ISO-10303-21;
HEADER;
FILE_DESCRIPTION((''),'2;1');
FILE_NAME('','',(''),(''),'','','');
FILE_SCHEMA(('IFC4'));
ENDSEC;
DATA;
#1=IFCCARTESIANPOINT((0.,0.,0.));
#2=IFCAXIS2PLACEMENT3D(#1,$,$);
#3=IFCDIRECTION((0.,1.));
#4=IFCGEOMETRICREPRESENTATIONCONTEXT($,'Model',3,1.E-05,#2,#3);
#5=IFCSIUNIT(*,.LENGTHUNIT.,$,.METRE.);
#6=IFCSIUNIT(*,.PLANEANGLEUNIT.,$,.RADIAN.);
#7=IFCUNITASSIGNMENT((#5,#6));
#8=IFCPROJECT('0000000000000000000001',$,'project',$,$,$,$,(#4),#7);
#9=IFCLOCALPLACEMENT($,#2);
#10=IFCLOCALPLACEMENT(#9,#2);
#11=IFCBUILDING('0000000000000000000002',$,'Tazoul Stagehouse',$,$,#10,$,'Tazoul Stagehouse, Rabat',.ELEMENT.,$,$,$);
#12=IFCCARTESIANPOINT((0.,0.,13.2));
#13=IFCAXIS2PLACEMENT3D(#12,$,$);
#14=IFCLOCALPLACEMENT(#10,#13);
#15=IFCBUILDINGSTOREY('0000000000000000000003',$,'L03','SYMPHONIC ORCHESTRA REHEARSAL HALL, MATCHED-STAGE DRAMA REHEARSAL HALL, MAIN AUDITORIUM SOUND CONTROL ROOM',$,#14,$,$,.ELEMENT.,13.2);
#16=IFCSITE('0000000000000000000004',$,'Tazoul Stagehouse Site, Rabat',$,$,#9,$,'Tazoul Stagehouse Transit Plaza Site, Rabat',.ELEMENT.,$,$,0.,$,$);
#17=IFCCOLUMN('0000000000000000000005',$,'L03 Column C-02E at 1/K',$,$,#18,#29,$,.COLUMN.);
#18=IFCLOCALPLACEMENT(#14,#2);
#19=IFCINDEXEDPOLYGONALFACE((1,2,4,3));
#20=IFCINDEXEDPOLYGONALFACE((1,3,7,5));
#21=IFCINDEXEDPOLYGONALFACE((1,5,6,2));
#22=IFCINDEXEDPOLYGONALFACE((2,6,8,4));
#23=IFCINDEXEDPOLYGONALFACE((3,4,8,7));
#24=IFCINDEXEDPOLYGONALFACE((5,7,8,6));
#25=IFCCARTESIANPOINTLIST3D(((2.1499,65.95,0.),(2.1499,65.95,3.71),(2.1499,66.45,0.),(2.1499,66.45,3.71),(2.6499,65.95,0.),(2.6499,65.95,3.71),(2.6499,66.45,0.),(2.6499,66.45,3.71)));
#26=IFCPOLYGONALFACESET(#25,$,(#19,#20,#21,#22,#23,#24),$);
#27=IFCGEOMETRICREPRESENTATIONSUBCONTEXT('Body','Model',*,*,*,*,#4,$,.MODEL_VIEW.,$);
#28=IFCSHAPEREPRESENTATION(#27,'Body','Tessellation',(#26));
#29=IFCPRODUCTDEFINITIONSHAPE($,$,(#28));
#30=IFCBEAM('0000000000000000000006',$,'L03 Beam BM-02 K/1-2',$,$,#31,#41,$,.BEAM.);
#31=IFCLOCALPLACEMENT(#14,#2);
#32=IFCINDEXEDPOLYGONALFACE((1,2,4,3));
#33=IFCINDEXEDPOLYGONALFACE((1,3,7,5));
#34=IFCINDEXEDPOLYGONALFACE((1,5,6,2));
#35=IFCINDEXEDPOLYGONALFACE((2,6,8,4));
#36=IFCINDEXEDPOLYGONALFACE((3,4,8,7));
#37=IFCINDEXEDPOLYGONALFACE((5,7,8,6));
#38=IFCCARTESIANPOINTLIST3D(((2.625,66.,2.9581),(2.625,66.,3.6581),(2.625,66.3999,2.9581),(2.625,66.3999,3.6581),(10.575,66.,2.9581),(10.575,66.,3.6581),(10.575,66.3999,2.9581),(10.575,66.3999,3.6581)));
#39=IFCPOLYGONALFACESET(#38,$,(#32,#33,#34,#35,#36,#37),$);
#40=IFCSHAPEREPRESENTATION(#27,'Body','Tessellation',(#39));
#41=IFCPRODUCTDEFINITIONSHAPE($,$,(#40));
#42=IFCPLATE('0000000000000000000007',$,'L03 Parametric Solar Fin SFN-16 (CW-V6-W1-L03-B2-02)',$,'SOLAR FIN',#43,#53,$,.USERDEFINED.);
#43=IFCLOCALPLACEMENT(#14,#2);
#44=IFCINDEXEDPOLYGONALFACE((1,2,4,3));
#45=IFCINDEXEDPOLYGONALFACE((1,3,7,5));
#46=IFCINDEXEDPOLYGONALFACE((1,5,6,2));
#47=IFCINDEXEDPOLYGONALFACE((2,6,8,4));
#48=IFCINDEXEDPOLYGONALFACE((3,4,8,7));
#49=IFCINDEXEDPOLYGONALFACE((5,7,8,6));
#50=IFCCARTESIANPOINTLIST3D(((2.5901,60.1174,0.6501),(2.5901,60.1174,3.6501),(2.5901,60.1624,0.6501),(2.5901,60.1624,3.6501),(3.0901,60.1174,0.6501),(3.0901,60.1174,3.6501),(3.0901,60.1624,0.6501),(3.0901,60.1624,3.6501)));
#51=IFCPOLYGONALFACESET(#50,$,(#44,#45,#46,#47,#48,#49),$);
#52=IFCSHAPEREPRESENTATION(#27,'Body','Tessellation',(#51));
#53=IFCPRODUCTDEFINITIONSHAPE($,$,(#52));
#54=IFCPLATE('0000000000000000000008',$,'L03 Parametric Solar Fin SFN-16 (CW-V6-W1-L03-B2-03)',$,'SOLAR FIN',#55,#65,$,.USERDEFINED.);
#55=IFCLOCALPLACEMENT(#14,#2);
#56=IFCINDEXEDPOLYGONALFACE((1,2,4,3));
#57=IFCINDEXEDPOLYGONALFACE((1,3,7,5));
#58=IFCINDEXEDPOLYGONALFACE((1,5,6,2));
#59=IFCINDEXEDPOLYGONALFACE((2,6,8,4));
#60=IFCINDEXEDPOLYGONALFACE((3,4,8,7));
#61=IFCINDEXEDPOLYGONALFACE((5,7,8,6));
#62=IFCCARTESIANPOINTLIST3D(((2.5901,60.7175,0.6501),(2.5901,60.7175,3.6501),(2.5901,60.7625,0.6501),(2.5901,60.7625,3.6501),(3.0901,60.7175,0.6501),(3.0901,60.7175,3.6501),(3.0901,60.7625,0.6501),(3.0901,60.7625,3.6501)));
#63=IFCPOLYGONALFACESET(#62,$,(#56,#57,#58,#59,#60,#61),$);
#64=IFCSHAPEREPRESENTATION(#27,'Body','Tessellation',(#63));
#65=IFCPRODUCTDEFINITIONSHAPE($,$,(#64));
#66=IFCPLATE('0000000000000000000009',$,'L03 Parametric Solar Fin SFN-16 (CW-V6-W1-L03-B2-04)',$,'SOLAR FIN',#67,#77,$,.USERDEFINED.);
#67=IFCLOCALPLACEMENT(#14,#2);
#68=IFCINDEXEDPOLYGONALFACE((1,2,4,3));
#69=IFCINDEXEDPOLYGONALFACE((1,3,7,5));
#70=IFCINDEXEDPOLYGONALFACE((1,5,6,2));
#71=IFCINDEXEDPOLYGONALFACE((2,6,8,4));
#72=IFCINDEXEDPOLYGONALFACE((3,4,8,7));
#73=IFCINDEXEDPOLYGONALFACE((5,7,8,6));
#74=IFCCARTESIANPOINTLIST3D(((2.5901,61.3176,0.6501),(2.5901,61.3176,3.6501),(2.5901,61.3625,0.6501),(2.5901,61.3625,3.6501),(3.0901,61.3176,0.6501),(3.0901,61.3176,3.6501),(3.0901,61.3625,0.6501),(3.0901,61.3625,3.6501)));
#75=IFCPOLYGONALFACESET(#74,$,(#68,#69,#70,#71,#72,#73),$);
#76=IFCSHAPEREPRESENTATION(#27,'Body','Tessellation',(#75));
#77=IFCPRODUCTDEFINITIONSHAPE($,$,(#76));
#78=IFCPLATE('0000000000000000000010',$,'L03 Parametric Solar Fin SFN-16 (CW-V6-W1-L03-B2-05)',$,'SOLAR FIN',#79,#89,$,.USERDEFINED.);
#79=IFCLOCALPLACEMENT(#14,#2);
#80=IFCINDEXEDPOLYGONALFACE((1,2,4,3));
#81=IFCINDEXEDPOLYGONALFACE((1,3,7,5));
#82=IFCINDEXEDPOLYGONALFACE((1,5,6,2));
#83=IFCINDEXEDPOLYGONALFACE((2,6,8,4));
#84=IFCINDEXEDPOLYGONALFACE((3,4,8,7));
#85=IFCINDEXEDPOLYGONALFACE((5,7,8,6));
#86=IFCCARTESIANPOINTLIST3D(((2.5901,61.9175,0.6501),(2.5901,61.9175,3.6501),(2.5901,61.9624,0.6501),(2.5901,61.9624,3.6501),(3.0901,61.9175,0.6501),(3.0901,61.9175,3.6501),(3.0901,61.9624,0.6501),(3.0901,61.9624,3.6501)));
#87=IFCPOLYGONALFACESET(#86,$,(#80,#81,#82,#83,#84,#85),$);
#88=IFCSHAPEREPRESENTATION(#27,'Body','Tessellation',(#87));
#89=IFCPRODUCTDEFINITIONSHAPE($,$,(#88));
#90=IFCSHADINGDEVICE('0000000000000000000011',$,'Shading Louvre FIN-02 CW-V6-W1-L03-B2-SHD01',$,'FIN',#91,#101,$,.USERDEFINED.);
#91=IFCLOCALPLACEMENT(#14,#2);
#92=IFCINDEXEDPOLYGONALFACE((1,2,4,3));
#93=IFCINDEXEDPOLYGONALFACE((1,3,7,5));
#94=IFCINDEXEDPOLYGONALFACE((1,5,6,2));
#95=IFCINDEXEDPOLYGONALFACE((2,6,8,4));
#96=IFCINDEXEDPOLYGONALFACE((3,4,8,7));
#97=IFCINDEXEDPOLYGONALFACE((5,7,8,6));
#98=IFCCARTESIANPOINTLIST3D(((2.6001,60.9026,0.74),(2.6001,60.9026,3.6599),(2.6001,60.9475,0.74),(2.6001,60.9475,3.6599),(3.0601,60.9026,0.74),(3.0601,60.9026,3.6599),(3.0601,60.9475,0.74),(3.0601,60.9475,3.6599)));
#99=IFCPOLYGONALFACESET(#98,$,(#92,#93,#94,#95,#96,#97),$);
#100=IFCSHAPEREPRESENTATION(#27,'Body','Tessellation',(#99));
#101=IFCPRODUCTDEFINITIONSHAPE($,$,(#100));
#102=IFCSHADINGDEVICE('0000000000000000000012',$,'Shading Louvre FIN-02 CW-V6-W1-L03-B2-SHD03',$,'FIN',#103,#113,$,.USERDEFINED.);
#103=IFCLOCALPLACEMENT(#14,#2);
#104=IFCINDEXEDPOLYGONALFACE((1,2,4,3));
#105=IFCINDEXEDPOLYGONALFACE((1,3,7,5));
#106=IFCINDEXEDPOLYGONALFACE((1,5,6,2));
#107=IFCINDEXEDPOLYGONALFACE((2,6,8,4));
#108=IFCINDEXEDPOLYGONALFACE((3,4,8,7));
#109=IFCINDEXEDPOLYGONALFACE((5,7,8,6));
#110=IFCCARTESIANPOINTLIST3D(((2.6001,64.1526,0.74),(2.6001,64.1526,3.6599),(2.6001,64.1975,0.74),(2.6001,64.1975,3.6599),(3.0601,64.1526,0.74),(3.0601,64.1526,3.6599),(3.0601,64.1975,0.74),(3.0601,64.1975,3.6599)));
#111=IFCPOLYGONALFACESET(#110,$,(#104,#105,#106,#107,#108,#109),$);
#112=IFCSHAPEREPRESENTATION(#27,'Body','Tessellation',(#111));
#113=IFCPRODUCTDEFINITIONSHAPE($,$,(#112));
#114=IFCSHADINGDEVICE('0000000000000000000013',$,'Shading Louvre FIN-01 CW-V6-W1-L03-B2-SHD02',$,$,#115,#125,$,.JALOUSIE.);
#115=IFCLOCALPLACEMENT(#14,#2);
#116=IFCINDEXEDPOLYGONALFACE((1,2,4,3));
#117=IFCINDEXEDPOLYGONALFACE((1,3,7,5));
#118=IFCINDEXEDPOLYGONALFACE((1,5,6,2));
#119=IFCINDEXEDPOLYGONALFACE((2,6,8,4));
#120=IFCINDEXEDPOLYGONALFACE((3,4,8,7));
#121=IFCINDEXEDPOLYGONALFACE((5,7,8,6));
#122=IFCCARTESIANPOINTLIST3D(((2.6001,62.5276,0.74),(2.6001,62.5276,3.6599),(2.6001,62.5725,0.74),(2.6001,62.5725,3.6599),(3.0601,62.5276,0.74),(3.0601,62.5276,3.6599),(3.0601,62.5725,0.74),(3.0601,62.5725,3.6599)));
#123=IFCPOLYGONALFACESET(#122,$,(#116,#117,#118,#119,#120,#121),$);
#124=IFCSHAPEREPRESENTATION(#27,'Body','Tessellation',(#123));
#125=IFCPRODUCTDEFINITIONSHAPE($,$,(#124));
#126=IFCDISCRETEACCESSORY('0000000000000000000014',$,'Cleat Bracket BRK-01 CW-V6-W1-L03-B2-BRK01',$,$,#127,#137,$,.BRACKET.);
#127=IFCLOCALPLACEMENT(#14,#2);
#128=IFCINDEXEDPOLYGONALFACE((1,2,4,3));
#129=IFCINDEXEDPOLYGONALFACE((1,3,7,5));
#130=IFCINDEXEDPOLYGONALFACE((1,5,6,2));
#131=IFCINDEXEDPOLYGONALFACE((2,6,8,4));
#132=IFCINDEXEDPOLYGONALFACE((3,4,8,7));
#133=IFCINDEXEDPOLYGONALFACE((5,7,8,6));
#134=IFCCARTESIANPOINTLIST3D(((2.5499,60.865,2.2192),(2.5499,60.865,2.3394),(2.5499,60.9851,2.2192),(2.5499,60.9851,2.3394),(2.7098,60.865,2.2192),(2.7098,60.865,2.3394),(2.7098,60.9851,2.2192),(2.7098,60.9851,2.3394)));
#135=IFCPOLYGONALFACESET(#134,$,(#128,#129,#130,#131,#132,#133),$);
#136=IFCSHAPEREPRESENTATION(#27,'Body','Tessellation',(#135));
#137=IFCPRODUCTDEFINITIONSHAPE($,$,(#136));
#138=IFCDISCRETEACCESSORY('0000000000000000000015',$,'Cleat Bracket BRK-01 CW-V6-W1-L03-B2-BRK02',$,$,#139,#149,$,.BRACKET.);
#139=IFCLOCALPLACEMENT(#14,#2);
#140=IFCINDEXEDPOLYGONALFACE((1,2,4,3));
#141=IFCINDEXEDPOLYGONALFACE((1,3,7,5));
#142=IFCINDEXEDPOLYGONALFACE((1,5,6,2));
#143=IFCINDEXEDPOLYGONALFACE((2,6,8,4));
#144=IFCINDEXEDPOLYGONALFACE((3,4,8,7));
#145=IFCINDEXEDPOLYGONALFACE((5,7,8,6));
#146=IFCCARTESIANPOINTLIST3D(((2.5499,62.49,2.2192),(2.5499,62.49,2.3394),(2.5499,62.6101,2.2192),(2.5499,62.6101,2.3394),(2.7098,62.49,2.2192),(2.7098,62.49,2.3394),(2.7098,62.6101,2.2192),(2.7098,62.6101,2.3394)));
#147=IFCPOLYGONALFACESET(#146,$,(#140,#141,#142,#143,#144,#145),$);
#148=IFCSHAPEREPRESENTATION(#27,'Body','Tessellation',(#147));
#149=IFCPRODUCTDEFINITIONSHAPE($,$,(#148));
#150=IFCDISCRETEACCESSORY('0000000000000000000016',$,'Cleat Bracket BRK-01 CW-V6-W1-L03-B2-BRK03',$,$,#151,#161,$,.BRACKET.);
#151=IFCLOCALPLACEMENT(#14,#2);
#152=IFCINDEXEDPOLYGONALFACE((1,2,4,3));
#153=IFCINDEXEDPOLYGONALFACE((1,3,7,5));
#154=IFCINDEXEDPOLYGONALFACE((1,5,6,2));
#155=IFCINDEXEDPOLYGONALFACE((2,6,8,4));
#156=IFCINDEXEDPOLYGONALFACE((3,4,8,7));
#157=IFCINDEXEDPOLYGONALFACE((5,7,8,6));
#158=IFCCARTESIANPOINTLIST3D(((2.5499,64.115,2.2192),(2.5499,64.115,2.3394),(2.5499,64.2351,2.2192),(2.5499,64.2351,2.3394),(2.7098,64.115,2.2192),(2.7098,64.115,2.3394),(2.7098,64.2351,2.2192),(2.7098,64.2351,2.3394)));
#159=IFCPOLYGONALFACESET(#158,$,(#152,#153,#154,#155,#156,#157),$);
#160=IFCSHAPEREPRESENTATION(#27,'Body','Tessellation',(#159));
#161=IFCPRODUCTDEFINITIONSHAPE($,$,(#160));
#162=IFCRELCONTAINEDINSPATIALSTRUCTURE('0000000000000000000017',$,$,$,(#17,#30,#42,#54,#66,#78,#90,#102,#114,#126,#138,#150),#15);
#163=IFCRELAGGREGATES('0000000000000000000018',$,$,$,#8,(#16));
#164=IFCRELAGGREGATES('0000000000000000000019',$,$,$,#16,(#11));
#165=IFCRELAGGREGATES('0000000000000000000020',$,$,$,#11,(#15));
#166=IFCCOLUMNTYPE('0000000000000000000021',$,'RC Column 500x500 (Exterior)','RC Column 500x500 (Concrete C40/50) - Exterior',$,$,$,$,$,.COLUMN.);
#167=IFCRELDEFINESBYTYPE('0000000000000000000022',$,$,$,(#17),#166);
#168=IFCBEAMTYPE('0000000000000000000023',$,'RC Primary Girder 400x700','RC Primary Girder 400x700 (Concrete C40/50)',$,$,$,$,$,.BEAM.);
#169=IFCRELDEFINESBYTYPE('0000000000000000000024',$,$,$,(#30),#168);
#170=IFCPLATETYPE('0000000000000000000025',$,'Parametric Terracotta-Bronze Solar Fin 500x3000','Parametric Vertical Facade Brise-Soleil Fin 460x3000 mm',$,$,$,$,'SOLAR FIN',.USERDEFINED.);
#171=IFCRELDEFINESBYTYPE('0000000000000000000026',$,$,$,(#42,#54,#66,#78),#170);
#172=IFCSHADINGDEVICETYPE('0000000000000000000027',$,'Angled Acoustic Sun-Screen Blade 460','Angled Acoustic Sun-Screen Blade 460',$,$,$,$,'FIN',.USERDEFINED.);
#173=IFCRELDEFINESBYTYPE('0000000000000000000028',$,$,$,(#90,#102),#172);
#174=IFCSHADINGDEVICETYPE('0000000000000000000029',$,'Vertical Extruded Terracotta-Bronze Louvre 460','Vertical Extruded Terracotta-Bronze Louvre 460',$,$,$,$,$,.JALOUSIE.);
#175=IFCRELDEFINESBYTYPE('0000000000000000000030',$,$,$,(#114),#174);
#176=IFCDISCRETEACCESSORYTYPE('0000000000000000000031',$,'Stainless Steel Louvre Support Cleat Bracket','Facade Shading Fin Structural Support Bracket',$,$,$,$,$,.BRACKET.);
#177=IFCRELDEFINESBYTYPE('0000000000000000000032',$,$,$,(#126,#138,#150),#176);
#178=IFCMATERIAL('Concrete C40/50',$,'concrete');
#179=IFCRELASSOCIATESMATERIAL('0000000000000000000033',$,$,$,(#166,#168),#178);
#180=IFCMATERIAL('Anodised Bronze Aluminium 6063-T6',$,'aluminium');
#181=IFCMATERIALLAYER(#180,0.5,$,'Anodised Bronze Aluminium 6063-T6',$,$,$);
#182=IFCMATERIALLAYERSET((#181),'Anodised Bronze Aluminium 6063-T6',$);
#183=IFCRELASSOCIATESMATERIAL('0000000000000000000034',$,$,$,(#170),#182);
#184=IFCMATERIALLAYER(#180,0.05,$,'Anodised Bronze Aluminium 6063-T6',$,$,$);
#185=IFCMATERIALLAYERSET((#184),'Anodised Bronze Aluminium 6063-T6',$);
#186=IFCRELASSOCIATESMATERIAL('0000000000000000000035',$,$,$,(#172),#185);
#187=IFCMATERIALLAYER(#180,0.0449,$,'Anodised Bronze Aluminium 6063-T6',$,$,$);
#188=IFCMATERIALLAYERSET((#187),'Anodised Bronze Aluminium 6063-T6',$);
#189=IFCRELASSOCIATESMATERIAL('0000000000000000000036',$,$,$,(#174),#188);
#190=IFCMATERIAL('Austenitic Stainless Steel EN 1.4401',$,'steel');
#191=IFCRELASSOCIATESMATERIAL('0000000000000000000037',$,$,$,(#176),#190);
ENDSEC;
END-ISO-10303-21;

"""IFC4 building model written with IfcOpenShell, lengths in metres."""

from ifc_helpers import new_model, si_unit, direction, frame, origin, origin_2d, place, context, subcontext, project, spatial, rectangle, extrude, material, layer, layer_set, material_profile, profile_set, type_object, element, save


model = new_model("IFC4")

# Units and contexts
model_context = context("Model", 3, precision=1e-05, world=origin(), true_north=direction((0.0, 1.0)))
body_context = subcontext(model_context, "Body", "Model", "MODEL_VIEW")
ifc_project = project(units=[si_unit("LENGTHUNIT", "METRE"), si_unit("PLANEANGLEUNIT", "RADIAN")], contexts=[model_context])

# Site, building, storey
site_placement = place(None, origin())
site = spatial("IfcSite", under=ifc_project, at=site_placement, Name="Tazoul Stagehouse Site, Rabat", LongName="Tazoul Stagehouse Transit Plaza Site, Rabat", CompositionType="ELEMENT", RefElevation=0.0)
building_placement = place(site_placement, origin())
building = spatial("IfcBuilding", under=site, at=building_placement, Name="Tazoul Stagehouse", LongName="Tazoul Stagehouse, Rabat", CompositionType="ELEMENT")
storey_placement = place(building_placement, frame((0.0, 0.0, 13.2)))
storey = spatial("IfcBuildingStorey", under=building, at=storey_placement, Name="L03", Description="SYMPHONIC ORCHESTRA REHEARSAL HALL, MATCHED-STAGE DRAMA REHEARSAL HALL, MAIN AUDITORIUM SOUND CONTROL ROOM", CompositionType="ELEMENT", Elevation=13.2)

# Column
ifc_material_1 = material(Name="Concrete C40/50", Category="concrete")
ifc_material_profile_1 = material_profile(ifc_material_1, rectangle(XDim=0.5, YDim=0.5, at=origin_2d()), Name="RC 500x500")
ifc_profile_set_1 = profile_set([ifc_material_profile_1], Name="Concrete C40/50")
column_type = type_object("IfcColumnType", Name="RC Column 500x500 (Exterior)", Description="RC Column 500x500 (Concrete C40/50) - Exterior", PredefinedType="COLUMN", material=ifc_profile_set_1)
column_placement = place(storey_placement, frame((2.3999, 66.2, 0.0), z_axis=(0.0, 0.0, 1.0), x_axis=(1.0, 0.0, 0.0)))
element("IfcColumn", 1, at=column_placement, inside=storey, type_object=column_type, Name="L03 Column C-02E at 1/K", PredefinedType="COLUMN", context=body_context, shape_type="SweptSolid", body=[
    extrude(rectangle(XDim=0.5, YDim=0.5, at=origin_2d()), origin(), (0.0, 0.0, 1.0), 3.71),
])

# Beam
ifc_material_profile_2 = material_profile(ifc_material_1, rectangle(XDim=0.3999, YDim=0.7, at=origin_2d()), Name="RC 400x700")
ifc_profile_set_2 = profile_set([ifc_material_profile_2], Name="Concrete C40/50")
beam_type = type_object("IfcBeamType", Name="RC Primary Girder 400x700", Description="RC Primary Girder 400x700 (Concrete C40/50)", PredefinedType="BEAM", material=ifc_profile_set_2)
beam_placement = place(storey_placement, frame((2.625, 66.2, 3.3081), z_axis=(1.0, 0.0, 0.0), x_axis=(0.0, 1.0, 0.0)))
element("IfcBeam", 2, at=beam_placement, inside=storey, type_object=beam_type, Name="L03 Beam BM-02 K/1-2", PredefinedType="BEAM", context=body_context, shape_type="SweptSolid", body=[
    extrude(rectangle(XDim=0.3999, YDim=0.7, at=origin_2d()), origin(), (0.0, 0.0, 1.0), 7.95),
])

# Plates
ifc_material_2 = material(Name="Anodised Bronze Aluminium 6063-T6", Category="aluminium")
ifc_layer_1 = layer(ifc_material_2, 0.5, Name="Anodised Bronze Aluminium 6063-T6")
ifc_layer_set_1 = layer_set([ifc_layer_1], Name="Anodised Bronze Aluminium 6063-T6")
plate_type = type_object("IfcPlateType", Name="Parametric Terracotta-Bronze Solar Fin 500x3000", Description="Parametric Vertical Facade Brise-Soleil Fin 460x3000 mm", ElementType="SOLAR FIN", PredefinedType="USERDEFINED", material=ifc_layer_set_1)
for number, where, z_axis, x_axis, name in (
    (3, (2.8401, 60.1399, 0.6501), (0.0, 0.0, 1.0), (0.0, 1.0, 0.0), "L03 Parametric Solar Fin SFN-16 (CW-V6-W1-L03-B2-02)"),
    (4, (2.8401, 60.74, 0.6501), (0.0, 0.0, 1.0), (0.0, 1.0, 0.0), "L03 Parametric Solar Fin SFN-16 (CW-V6-W1-L03-B2-03)"),
    (5, (2.8401, 61.3401, 0.6501), (0.0, 0.0, 1.0), (0.0, 1.0, 0.0), "L03 Parametric Solar Fin SFN-16 (CW-V6-W1-L03-B2-04)"),
    (6, (2.8401, 61.9399, 0.6501), (0.0, 0.0, 1.0), (0.0, 1.0, 0.0), "L03 Parametric Solar Fin SFN-16 (CW-V6-W1-L03-B2-05)"),
):
    element("IfcPlate", number, at=place(storey_placement, frame(where, z_axis=z_axis, x_axis=x_axis)), inside=storey, type_object=plate_type, Name=name, ObjectType="SOLAR FIN", PredefinedType="USERDEFINED", context=body_context, shape_type="SweptSolid", body=[
        extrude(rectangle(XDim=0.0449, YDim=0.5, at=origin_2d()), origin(), (0.0, 0.0, 1.0), 3.0),
    ])

# Shading devices
ifc_layer_2 = layer(ifc_material_2, 0.05, Name="Anodised Bronze Aluminium 6063-T6")
ifc_layer_set_2 = layer_set([ifc_layer_2], Name="Anodised Bronze Aluminium 6063-T6")
shading_device_type_1 = type_object("IfcShadingDeviceType", Name="Angled Acoustic Sun-Screen Blade 460", Description="Angled Acoustic Sun-Screen Blade 460", ElementType="FIN", PredefinedType="USERDEFINED", material=ifc_layer_set_2)
for number, where, z_axis, x_axis, name in (
    (7, (2.8301, 60.925, 0.74), (0.0, 0.0, 1.0), (0.0, 1.0, 0.0), "Shading Louvre FIN-02 CW-V6-W1-L03-B2-SHD01"),
    (8, (2.8301, 64.175, 0.74), (0.0, 0.0, 1.0), (0.0, 1.0, 0.0), "Shading Louvre FIN-02 CW-V6-W1-L03-B2-SHD03"),
):
    element("IfcShadingDevice", number, at=place(storey_placement, frame(where, z_axis=z_axis, x_axis=x_axis)), inside=storey, type_object=shading_device_type_1, Name=name, ObjectType="FIN", PredefinedType="USERDEFINED", context=body_context, shape_type="SweptSolid", body=[
        extrude(rectangle(XDim=0.0449, YDim=0.46, at=origin_2d()), origin(), (0.0, 0.0, 1.0), 2.9199),
    ])
ifc_layer_3 = layer(ifc_material_2, 0.0449, Name="Anodised Bronze Aluminium 6063-T6")
ifc_layer_set_3 = layer_set([ifc_layer_3], Name="Anodised Bronze Aluminium 6063-T6")
shading_device_type_2 = type_object("IfcShadingDeviceType", Name="Vertical Extruded Terracotta-Bronze Louvre 460", Description="Vertical Extruded Terracotta-Bronze Louvre 460", PredefinedType="JALOUSIE", material=ifc_layer_set_3)
shading_device_placement = place(storey_placement, frame((2.8301, 62.55, 0.74), z_axis=(0.0, 0.0, 1.0), x_axis=(0.0, 1.0, 0.0)))
element("IfcShadingDevice", 9, at=shading_device_placement, inside=storey, type_object=shading_device_type_2, Name="Shading Louvre FIN-01 CW-V6-W1-L03-B2-SHD02", PredefinedType="JALOUSIE", context=body_context, shape_type="SweptSolid", body=[
    extrude(rectangle(XDim=0.0449, YDim=0.46, at=origin_2d()), origin(), (0.0, 0.0, 1.0), 2.9199),
])

# Discrete accessories
ifc_material_3 = material(Name="Austenitic Stainless Steel EN 1.4401", Category="steel")
discrete_accessory_type = type_object("IfcDiscreteAccessoryType", Name="Stainless Steel Louvre Support Cleat Bracket", Description="Facade Shading Fin Structural Support Bracket", PredefinedType="BRACKET", material=ifc_material_3)
for number, where, z_axis, x_axis, name in (
    (10, (2.6299, 60.925, 2.2192), (0.0, 0.0, 1.0), (0.0, 1.0, 0.0), "Cleat Bracket BRK-01 CW-V6-W1-L03-B2-BRK01"),
    (11, (2.6299, 62.55, 2.2192), (0.0, 0.0, 1.0), (0.0, 1.0, 0.0), "Cleat Bracket BRK-01 CW-V6-W1-L03-B2-BRK02"),
    (12, (2.6299, 64.175, 2.2192), (0.0, 0.0, 1.0), (0.0, 1.0, 0.0), "Cleat Bracket BRK-01 CW-V6-W1-L03-B2-BRK03"),
):
    element("IfcDiscreteAccessory", number, at=place(storey_placement, frame(where, z_axis=z_axis, x_axis=x_axis)), inside=storey, type_object=discrete_accessory_type, Name=name, PredefinedType="BRACKET", context=body_context, shape_type="SweptSolid", body=[
        extrude(rectangle(XDim=0.1201, YDim=0.1599, at=origin_2d()), origin(), (0.0, 0.0, 1.0), 0.1201),
    ])

save(model, "model.ifc")
